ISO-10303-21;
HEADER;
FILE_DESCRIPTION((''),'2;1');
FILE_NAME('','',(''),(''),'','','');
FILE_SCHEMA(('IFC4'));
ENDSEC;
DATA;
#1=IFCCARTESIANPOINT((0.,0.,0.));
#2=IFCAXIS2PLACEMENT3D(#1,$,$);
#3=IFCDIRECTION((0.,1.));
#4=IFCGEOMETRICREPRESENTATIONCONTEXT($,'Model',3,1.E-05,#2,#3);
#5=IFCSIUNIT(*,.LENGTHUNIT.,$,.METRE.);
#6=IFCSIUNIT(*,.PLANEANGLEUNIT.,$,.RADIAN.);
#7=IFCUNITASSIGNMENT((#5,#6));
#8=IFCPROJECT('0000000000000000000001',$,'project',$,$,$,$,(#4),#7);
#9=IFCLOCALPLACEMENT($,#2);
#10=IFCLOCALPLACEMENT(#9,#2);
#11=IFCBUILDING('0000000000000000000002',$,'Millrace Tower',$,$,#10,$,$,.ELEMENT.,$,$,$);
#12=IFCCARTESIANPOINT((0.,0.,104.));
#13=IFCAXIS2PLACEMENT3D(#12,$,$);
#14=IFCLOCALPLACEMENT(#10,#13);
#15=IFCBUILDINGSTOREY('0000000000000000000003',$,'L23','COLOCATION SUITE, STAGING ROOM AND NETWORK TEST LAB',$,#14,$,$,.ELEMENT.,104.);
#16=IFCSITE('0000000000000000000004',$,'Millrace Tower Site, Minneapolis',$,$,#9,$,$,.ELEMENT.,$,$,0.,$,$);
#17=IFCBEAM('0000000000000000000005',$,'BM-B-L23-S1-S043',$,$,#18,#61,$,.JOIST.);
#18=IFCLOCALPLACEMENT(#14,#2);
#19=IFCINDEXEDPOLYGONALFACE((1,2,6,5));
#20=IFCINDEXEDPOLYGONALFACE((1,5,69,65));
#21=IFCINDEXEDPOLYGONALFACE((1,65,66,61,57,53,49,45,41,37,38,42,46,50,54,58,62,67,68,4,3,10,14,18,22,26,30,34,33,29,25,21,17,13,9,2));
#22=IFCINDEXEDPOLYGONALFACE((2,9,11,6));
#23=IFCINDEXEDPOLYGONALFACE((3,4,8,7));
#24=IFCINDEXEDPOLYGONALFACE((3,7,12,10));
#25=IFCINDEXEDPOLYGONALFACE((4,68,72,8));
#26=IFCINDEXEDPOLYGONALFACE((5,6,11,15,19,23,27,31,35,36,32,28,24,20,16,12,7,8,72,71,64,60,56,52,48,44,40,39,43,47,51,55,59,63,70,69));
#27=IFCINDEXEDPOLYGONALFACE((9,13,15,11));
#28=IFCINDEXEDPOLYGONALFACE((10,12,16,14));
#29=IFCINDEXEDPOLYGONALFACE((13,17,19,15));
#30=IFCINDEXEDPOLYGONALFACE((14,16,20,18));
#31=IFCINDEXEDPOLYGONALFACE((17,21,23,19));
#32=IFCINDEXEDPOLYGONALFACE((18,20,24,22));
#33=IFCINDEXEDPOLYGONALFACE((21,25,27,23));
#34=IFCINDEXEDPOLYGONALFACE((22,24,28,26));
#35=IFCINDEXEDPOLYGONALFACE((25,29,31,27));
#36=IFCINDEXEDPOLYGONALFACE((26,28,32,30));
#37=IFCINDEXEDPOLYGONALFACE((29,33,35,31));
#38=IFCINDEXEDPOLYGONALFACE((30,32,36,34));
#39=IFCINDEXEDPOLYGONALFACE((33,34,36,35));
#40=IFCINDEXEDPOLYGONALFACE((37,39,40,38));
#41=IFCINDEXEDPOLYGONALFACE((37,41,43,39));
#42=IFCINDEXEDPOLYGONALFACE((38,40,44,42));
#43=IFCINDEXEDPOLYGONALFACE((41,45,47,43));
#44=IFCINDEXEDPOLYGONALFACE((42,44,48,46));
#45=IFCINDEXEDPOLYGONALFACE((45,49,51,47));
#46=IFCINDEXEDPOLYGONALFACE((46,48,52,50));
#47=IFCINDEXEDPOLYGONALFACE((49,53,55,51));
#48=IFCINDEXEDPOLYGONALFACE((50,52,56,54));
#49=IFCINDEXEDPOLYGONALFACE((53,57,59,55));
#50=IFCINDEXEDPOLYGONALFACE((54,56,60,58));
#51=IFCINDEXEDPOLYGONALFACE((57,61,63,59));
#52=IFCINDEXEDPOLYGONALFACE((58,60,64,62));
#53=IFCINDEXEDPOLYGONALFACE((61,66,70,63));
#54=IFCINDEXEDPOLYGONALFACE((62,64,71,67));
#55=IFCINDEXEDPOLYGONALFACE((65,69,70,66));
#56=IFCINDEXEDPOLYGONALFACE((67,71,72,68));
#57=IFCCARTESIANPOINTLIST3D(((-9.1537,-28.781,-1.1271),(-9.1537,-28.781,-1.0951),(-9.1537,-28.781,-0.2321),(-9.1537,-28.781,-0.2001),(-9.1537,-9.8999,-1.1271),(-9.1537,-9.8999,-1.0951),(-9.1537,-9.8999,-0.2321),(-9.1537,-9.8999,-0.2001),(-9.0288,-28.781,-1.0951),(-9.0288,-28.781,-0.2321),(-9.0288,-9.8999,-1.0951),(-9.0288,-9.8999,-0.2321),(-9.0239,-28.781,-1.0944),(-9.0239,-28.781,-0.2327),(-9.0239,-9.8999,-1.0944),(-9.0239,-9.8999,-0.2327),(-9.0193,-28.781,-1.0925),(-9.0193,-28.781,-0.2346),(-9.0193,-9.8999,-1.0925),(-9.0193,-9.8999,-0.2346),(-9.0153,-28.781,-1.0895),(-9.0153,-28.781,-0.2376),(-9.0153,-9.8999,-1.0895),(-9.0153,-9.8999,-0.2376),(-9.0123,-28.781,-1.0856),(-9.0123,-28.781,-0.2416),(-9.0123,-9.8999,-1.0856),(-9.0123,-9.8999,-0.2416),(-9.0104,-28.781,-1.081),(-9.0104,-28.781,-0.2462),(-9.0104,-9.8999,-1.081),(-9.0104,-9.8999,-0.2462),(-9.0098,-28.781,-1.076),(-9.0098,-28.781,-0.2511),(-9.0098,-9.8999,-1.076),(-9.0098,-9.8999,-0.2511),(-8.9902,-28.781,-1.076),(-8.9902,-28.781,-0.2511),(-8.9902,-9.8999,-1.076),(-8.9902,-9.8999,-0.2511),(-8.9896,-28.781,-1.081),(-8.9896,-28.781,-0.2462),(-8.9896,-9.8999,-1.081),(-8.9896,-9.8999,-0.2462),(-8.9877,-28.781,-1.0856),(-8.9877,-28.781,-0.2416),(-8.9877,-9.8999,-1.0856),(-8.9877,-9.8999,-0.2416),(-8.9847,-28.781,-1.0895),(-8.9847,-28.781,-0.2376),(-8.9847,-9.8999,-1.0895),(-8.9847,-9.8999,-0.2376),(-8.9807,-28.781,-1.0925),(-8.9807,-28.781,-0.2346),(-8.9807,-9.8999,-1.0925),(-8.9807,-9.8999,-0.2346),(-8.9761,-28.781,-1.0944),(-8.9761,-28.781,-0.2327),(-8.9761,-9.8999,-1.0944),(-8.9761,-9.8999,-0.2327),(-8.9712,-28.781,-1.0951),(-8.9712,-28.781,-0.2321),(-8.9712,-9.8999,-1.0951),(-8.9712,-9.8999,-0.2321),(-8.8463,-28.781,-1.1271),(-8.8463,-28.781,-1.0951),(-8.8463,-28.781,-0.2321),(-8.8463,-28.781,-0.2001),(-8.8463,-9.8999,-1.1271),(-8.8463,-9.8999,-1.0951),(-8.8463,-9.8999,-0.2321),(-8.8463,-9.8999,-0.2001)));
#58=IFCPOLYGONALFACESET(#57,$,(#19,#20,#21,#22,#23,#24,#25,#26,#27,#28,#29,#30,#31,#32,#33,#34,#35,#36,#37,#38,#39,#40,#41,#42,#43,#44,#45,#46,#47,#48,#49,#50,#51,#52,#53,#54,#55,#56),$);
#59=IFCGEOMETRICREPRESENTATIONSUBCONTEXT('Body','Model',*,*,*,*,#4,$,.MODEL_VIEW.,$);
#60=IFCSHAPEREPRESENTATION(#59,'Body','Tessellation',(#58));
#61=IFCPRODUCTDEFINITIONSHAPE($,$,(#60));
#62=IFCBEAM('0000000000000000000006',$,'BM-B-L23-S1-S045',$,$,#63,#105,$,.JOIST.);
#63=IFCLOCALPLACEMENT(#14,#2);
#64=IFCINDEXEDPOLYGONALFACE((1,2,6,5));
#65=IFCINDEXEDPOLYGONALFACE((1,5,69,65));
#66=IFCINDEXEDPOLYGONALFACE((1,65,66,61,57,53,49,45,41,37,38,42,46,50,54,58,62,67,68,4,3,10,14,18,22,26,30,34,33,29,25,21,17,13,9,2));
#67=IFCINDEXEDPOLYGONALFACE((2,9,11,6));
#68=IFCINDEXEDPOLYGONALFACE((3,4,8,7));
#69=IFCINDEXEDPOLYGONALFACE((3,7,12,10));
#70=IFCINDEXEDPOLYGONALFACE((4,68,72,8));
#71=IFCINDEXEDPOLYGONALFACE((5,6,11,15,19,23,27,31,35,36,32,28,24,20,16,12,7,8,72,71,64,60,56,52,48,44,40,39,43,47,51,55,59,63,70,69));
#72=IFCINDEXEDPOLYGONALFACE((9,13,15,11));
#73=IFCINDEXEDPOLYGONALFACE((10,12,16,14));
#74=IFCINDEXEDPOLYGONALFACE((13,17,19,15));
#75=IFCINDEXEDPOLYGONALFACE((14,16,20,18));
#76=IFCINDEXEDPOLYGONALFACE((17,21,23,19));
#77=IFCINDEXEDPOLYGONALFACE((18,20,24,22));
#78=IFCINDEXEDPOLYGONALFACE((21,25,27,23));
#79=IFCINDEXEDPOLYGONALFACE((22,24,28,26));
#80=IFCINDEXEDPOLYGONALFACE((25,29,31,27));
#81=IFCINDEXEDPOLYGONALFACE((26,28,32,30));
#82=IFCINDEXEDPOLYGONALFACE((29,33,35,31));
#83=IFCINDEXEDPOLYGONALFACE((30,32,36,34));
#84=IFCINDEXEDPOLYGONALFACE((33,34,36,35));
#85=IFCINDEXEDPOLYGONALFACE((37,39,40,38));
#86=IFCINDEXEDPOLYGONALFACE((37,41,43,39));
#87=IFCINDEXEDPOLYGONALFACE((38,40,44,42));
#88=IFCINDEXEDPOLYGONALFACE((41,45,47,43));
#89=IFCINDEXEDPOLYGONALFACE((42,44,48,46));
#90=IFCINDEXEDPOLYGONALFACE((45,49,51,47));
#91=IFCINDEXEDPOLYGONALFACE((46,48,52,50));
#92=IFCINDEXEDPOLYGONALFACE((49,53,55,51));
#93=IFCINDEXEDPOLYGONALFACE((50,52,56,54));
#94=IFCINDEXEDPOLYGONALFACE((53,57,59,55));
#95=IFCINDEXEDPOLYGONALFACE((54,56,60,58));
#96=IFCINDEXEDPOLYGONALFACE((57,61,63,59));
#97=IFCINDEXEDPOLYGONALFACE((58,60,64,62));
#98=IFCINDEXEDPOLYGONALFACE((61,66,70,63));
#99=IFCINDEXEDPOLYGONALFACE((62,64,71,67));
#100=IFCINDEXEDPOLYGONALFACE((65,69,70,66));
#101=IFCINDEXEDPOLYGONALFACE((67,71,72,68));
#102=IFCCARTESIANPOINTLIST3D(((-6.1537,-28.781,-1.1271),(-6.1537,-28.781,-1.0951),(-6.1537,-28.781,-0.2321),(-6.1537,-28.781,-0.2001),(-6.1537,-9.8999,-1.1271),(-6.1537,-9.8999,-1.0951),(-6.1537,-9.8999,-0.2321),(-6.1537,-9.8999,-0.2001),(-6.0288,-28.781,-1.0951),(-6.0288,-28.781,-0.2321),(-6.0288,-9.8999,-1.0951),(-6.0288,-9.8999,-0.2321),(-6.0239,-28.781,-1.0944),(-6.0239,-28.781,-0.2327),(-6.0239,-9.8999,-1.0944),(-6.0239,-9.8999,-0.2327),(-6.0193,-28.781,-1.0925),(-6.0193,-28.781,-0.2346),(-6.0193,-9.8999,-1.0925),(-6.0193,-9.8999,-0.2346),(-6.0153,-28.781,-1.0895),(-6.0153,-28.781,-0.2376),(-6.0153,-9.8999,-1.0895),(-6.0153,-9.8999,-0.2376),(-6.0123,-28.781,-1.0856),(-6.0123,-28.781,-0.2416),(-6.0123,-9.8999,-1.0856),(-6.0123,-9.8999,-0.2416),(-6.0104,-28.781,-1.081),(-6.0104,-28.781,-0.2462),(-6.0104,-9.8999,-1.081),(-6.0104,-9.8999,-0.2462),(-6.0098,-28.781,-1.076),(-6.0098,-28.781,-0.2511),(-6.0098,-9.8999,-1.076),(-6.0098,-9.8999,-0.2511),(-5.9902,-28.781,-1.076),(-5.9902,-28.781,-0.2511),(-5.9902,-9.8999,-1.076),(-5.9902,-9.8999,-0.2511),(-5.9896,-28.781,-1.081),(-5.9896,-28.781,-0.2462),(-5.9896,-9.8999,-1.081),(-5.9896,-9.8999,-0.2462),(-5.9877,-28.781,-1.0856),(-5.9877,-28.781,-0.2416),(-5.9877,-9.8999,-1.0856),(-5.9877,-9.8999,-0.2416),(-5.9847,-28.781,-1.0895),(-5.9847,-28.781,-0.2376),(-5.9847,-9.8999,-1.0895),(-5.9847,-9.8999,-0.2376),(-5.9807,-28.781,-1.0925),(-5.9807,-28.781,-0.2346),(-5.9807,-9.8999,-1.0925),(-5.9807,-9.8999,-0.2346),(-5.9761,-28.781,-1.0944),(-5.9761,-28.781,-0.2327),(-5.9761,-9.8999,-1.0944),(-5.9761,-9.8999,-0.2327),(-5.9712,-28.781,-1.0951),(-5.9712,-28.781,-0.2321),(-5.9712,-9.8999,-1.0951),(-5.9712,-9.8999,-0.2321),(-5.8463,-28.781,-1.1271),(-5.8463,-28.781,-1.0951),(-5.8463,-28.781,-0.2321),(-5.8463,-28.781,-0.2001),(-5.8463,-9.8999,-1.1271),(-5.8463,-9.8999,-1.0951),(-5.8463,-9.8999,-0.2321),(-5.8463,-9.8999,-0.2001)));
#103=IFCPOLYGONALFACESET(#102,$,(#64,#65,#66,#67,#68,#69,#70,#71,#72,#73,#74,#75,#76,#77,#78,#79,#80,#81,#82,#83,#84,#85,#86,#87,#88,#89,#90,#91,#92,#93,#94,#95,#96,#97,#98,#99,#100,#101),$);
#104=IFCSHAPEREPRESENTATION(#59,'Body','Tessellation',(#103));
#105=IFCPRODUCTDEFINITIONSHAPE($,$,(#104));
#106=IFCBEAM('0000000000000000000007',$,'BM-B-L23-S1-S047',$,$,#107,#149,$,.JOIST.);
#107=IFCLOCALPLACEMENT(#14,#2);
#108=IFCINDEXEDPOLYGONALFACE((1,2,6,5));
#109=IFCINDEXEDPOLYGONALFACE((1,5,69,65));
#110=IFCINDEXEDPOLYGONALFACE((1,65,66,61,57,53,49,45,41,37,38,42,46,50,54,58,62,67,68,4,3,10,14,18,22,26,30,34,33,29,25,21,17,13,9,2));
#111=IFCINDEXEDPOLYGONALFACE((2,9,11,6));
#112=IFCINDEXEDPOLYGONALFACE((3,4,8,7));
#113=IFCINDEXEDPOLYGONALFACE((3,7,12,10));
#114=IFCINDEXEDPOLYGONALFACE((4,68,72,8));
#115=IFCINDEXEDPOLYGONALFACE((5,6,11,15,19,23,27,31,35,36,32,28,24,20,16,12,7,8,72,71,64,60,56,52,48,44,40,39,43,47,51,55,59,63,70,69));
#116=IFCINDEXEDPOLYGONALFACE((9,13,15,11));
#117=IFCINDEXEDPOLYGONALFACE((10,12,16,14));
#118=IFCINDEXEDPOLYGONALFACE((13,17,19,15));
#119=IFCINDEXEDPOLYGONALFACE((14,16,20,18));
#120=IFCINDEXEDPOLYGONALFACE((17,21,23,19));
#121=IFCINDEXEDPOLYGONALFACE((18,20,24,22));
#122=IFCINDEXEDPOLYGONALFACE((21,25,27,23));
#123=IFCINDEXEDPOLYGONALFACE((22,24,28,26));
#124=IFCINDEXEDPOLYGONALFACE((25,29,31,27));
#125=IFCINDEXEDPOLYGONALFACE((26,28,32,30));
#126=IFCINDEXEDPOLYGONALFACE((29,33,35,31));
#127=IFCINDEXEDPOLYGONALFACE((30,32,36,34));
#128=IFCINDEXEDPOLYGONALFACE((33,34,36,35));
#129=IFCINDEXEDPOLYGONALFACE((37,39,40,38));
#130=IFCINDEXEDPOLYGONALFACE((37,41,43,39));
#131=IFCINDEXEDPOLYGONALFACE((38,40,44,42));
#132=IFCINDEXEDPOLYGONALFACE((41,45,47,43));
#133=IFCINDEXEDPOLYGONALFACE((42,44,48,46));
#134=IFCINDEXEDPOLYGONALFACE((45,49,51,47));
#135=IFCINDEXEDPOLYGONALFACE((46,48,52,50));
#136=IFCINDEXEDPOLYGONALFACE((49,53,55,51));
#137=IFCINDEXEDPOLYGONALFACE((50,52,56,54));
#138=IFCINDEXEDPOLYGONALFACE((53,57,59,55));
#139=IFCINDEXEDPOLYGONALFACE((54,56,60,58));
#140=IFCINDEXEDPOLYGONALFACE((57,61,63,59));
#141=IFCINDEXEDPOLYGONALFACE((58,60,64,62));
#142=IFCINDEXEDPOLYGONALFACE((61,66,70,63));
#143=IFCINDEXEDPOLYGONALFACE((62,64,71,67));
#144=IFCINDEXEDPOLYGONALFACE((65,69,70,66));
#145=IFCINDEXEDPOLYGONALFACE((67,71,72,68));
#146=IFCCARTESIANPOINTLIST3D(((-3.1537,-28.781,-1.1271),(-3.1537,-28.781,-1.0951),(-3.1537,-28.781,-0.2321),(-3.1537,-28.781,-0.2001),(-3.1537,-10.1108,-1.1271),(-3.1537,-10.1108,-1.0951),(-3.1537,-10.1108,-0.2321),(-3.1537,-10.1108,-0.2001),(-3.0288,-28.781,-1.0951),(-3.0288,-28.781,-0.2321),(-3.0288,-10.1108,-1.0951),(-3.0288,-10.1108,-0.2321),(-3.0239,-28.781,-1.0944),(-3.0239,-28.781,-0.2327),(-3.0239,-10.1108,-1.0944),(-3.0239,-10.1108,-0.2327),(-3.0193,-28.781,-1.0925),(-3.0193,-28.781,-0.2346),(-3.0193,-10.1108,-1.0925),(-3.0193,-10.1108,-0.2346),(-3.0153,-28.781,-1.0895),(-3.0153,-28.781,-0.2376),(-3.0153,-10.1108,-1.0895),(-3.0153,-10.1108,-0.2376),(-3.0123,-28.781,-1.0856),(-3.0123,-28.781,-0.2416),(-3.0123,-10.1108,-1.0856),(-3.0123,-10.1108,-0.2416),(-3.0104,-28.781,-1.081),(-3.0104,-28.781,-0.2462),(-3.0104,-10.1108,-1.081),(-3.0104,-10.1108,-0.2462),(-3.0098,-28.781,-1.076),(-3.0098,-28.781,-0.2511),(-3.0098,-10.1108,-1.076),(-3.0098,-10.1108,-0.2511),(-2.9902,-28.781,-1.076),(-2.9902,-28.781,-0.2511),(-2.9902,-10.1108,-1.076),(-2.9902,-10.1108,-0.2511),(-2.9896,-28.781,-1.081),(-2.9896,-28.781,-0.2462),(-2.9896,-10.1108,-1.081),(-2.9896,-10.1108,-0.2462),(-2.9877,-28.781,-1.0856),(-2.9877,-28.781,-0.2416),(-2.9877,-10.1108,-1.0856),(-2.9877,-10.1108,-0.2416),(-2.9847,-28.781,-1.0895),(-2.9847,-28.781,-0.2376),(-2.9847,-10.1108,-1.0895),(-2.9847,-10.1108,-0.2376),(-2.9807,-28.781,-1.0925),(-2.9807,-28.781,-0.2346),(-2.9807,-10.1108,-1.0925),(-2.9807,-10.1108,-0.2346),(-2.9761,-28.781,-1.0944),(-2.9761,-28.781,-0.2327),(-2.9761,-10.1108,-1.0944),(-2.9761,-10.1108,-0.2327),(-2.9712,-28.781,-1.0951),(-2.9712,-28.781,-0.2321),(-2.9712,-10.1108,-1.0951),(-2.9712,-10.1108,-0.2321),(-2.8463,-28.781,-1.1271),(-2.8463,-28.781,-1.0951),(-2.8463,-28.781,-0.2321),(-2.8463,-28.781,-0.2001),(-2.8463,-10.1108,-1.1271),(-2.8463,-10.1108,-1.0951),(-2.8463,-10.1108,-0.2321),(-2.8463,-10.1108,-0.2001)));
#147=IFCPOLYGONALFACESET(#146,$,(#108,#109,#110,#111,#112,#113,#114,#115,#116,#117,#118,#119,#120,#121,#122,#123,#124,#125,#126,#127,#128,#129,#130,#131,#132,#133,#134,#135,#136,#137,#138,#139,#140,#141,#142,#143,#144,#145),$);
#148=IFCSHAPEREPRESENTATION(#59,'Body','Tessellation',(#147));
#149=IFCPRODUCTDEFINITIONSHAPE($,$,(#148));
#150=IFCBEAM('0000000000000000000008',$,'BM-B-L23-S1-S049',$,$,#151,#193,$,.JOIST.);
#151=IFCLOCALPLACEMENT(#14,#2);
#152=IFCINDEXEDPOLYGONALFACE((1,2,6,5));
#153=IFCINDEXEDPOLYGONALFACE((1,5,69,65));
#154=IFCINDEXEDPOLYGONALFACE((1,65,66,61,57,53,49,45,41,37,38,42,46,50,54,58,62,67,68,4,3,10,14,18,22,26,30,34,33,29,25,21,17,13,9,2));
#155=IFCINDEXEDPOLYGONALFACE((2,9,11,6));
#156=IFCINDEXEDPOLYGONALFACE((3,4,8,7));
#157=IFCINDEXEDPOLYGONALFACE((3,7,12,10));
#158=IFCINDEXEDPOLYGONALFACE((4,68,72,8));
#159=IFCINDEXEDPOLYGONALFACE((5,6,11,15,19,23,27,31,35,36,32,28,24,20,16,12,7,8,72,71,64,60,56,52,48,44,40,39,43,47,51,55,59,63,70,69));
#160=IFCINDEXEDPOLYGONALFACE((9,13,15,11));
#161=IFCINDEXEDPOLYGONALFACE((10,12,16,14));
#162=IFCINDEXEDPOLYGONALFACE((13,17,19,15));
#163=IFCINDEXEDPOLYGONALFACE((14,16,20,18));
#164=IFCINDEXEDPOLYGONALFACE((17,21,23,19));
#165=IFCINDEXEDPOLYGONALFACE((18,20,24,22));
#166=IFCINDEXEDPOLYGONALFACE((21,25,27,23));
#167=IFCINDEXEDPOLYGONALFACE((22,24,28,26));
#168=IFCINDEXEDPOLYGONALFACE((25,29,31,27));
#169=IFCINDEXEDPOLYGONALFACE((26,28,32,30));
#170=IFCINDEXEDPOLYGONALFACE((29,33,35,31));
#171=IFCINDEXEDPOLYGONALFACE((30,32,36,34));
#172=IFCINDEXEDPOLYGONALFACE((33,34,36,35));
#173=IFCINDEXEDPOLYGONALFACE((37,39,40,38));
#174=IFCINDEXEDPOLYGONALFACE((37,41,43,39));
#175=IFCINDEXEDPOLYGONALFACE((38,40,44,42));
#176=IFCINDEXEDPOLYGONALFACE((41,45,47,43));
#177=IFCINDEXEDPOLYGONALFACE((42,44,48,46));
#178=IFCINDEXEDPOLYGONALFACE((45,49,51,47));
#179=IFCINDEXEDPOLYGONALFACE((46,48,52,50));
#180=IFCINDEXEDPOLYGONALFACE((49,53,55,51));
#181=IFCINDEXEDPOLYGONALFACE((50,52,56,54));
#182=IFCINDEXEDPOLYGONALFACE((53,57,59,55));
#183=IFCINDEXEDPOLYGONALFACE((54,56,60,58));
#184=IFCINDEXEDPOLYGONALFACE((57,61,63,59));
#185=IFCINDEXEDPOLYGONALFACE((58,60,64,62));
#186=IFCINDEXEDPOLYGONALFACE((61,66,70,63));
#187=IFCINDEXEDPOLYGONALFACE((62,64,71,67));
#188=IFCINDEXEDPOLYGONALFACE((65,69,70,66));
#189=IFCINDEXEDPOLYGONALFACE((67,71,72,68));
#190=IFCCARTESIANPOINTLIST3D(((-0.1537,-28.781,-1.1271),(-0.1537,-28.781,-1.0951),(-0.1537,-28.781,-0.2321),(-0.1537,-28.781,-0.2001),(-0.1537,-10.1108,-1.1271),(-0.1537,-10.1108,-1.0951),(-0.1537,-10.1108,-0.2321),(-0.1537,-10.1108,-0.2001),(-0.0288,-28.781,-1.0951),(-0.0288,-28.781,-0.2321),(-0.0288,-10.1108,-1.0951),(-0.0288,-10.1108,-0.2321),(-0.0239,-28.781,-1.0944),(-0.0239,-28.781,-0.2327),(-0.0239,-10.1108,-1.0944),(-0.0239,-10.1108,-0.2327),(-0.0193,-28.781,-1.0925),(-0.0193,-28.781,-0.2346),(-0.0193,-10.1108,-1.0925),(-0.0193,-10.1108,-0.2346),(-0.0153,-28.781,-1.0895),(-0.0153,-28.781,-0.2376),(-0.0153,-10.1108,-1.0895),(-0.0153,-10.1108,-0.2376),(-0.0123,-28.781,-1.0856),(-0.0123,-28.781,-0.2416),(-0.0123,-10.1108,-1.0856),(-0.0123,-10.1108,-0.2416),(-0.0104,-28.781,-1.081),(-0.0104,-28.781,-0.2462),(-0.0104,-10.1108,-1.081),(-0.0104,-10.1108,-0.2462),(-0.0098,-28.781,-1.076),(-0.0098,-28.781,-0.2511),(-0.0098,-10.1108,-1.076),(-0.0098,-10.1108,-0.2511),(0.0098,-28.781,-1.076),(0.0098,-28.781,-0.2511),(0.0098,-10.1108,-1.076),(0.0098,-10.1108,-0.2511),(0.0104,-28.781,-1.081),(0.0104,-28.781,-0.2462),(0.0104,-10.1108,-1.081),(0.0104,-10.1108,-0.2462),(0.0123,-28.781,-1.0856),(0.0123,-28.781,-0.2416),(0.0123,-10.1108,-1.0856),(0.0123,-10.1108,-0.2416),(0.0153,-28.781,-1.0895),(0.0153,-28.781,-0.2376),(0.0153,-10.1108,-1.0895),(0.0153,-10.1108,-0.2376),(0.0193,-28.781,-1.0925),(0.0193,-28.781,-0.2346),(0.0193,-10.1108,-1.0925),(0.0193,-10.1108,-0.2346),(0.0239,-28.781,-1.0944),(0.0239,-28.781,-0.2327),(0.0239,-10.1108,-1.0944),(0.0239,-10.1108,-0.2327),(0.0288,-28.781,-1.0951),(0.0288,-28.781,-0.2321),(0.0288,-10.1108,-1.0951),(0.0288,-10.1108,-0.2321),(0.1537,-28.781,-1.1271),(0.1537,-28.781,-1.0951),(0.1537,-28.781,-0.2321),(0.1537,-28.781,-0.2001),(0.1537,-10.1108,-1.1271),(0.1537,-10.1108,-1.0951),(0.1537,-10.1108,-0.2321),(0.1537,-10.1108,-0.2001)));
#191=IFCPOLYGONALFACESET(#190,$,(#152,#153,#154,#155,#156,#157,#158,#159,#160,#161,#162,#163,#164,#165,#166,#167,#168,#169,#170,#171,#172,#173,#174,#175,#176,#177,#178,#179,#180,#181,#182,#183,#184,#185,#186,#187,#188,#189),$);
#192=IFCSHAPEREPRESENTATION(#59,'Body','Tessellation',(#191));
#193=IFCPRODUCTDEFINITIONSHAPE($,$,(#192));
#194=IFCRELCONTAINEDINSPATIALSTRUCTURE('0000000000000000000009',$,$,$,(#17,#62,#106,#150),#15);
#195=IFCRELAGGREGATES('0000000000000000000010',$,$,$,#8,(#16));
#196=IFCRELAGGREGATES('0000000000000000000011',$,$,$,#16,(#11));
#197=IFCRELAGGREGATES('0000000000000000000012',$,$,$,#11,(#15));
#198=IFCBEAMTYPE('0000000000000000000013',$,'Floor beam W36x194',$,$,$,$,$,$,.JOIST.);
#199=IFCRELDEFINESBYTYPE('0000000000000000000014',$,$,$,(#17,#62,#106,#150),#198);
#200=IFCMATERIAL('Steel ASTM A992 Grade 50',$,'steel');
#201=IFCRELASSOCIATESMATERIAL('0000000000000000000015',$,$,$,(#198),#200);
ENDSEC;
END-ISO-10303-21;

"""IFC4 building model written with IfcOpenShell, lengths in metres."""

from ifc_helpers import new_model, si_unit, direction, frame, origin, origin_2d, place, context, subcontext, project, spatial, i_section, extrude, material, material_profile, profile_set, type_object, element, save


model = new_model("IFC4")

# Units and contexts
model_context = context("Model", 3, precision=1e-05, world=origin(), true_north=direction((0.0, 1.0)))
body_context = subcontext(model_context, "Body", "Model", "MODEL_VIEW")
ifc_project = project(units=[si_unit("LENGTHUNIT", "METRE"), si_unit("PLANEANGLEUNIT", "RADIAN")], contexts=[model_context])

# Site, building, storey
site_placement = place(None, origin())
site = spatial("IfcSite", under=ifc_project, at=site_placement, Name="Millrace Tower Site, Minneapolis", CompositionType="ELEMENT", RefElevation=0.0)
building_placement = place(site_placement, origin())
building = spatial("IfcBuilding", under=site, at=building_placement, Name="Millrace Tower", CompositionType="ELEMENT")
storey_placement = place(building_placement, frame((0.0, 0.0, 104.0)))
storey = spatial("IfcBuildingStorey", under=building, at=storey_placement, Name="L23", Description="COLOCATION SUITE, STAGING ROOM AND NETWORK TEST LAB", CompositionType="ELEMENT", Elevation=104.0)

# Beams
ifc_material_1 = material(Name="Steel ASTM A992 Grade 50", Category="steel")
ifc_material_profile_1 = material_profile(ifc_material_1, i_section(OverallWidth=0.3074, OverallDepth=0.927, WebThickness=0.0195, FlangeThickness=0.032, FilletRadius=0.019, at=origin_2d()))
ifc_profile_set_1 = profile_set([ifc_material_profile_1], Name="Steel ASTM A992 Grade 50")
beam_type_1 = type_object("IfcBeamType", Name="Floor beam W36x194", PredefinedType="JOIST", material=ifc_profile_set_1)
for number, where, z_axis, x_axis, name in (
    (1, (-9.0, -28.781, -0.6636), (0.0, 1.0, 0.0), (-1.0, 0.0, 0.0), "BM-B-L23-S1-S043"),
    (2, (-6.0, -28.781, -0.6636), (0.0, 1.0, 0.0), (-1.0, 0.0, 0.0), "BM-B-L23-S1-S045"),
):
    element("IfcBeam", number, at=place(storey_placement, frame(where, z_axis=z_axis, x_axis=x_axis)), inside=storey, type_object=beam_type_1, Name=name, PredefinedType="JOIST", context=body_context, shape_type="SweptSolid", body=[
        extrude(i_section(OverallWidth=0.3074, OverallDepth=0.927, WebThickness=0.0195, FlangeThickness=0.032, FilletRadius=0.019, at=origin_2d()), origin(), (0.0, 0.0, 1.0), 18.8811),
    ])
for number, where, z_axis, x_axis, name in (
    (3, (-3.0, -28.781, -0.6636), (0.0, 1.0, 0.0), (-1.0, 0.0, 0.0), "BM-B-L23-S1-S047"),
    (4, (0.0, -28.781, -0.6636), (0.0, 1.0, 0.0), (-1.0, 0.0, 0.0), "BM-B-L23-S1-S049"),
):
    element("IfcBeam", number, at=place(storey_placement, frame(where, z_axis=z_axis, x_axis=x_axis)), inside=storey, type_object=beam_type_1, Name=name, PredefinedType="JOIST", context=body_context, shape_type="SweptSolid", body=[
        extrude(i_section(OverallWidth=0.3074, OverallDepth=0.927, WebThickness=0.0195, FlangeThickness=0.032, FilletRadius=0.019, at=origin_2d()), origin(), (0.0, 0.0, 1.0), 18.6702),
    ])

save(model, "model.ifc")
